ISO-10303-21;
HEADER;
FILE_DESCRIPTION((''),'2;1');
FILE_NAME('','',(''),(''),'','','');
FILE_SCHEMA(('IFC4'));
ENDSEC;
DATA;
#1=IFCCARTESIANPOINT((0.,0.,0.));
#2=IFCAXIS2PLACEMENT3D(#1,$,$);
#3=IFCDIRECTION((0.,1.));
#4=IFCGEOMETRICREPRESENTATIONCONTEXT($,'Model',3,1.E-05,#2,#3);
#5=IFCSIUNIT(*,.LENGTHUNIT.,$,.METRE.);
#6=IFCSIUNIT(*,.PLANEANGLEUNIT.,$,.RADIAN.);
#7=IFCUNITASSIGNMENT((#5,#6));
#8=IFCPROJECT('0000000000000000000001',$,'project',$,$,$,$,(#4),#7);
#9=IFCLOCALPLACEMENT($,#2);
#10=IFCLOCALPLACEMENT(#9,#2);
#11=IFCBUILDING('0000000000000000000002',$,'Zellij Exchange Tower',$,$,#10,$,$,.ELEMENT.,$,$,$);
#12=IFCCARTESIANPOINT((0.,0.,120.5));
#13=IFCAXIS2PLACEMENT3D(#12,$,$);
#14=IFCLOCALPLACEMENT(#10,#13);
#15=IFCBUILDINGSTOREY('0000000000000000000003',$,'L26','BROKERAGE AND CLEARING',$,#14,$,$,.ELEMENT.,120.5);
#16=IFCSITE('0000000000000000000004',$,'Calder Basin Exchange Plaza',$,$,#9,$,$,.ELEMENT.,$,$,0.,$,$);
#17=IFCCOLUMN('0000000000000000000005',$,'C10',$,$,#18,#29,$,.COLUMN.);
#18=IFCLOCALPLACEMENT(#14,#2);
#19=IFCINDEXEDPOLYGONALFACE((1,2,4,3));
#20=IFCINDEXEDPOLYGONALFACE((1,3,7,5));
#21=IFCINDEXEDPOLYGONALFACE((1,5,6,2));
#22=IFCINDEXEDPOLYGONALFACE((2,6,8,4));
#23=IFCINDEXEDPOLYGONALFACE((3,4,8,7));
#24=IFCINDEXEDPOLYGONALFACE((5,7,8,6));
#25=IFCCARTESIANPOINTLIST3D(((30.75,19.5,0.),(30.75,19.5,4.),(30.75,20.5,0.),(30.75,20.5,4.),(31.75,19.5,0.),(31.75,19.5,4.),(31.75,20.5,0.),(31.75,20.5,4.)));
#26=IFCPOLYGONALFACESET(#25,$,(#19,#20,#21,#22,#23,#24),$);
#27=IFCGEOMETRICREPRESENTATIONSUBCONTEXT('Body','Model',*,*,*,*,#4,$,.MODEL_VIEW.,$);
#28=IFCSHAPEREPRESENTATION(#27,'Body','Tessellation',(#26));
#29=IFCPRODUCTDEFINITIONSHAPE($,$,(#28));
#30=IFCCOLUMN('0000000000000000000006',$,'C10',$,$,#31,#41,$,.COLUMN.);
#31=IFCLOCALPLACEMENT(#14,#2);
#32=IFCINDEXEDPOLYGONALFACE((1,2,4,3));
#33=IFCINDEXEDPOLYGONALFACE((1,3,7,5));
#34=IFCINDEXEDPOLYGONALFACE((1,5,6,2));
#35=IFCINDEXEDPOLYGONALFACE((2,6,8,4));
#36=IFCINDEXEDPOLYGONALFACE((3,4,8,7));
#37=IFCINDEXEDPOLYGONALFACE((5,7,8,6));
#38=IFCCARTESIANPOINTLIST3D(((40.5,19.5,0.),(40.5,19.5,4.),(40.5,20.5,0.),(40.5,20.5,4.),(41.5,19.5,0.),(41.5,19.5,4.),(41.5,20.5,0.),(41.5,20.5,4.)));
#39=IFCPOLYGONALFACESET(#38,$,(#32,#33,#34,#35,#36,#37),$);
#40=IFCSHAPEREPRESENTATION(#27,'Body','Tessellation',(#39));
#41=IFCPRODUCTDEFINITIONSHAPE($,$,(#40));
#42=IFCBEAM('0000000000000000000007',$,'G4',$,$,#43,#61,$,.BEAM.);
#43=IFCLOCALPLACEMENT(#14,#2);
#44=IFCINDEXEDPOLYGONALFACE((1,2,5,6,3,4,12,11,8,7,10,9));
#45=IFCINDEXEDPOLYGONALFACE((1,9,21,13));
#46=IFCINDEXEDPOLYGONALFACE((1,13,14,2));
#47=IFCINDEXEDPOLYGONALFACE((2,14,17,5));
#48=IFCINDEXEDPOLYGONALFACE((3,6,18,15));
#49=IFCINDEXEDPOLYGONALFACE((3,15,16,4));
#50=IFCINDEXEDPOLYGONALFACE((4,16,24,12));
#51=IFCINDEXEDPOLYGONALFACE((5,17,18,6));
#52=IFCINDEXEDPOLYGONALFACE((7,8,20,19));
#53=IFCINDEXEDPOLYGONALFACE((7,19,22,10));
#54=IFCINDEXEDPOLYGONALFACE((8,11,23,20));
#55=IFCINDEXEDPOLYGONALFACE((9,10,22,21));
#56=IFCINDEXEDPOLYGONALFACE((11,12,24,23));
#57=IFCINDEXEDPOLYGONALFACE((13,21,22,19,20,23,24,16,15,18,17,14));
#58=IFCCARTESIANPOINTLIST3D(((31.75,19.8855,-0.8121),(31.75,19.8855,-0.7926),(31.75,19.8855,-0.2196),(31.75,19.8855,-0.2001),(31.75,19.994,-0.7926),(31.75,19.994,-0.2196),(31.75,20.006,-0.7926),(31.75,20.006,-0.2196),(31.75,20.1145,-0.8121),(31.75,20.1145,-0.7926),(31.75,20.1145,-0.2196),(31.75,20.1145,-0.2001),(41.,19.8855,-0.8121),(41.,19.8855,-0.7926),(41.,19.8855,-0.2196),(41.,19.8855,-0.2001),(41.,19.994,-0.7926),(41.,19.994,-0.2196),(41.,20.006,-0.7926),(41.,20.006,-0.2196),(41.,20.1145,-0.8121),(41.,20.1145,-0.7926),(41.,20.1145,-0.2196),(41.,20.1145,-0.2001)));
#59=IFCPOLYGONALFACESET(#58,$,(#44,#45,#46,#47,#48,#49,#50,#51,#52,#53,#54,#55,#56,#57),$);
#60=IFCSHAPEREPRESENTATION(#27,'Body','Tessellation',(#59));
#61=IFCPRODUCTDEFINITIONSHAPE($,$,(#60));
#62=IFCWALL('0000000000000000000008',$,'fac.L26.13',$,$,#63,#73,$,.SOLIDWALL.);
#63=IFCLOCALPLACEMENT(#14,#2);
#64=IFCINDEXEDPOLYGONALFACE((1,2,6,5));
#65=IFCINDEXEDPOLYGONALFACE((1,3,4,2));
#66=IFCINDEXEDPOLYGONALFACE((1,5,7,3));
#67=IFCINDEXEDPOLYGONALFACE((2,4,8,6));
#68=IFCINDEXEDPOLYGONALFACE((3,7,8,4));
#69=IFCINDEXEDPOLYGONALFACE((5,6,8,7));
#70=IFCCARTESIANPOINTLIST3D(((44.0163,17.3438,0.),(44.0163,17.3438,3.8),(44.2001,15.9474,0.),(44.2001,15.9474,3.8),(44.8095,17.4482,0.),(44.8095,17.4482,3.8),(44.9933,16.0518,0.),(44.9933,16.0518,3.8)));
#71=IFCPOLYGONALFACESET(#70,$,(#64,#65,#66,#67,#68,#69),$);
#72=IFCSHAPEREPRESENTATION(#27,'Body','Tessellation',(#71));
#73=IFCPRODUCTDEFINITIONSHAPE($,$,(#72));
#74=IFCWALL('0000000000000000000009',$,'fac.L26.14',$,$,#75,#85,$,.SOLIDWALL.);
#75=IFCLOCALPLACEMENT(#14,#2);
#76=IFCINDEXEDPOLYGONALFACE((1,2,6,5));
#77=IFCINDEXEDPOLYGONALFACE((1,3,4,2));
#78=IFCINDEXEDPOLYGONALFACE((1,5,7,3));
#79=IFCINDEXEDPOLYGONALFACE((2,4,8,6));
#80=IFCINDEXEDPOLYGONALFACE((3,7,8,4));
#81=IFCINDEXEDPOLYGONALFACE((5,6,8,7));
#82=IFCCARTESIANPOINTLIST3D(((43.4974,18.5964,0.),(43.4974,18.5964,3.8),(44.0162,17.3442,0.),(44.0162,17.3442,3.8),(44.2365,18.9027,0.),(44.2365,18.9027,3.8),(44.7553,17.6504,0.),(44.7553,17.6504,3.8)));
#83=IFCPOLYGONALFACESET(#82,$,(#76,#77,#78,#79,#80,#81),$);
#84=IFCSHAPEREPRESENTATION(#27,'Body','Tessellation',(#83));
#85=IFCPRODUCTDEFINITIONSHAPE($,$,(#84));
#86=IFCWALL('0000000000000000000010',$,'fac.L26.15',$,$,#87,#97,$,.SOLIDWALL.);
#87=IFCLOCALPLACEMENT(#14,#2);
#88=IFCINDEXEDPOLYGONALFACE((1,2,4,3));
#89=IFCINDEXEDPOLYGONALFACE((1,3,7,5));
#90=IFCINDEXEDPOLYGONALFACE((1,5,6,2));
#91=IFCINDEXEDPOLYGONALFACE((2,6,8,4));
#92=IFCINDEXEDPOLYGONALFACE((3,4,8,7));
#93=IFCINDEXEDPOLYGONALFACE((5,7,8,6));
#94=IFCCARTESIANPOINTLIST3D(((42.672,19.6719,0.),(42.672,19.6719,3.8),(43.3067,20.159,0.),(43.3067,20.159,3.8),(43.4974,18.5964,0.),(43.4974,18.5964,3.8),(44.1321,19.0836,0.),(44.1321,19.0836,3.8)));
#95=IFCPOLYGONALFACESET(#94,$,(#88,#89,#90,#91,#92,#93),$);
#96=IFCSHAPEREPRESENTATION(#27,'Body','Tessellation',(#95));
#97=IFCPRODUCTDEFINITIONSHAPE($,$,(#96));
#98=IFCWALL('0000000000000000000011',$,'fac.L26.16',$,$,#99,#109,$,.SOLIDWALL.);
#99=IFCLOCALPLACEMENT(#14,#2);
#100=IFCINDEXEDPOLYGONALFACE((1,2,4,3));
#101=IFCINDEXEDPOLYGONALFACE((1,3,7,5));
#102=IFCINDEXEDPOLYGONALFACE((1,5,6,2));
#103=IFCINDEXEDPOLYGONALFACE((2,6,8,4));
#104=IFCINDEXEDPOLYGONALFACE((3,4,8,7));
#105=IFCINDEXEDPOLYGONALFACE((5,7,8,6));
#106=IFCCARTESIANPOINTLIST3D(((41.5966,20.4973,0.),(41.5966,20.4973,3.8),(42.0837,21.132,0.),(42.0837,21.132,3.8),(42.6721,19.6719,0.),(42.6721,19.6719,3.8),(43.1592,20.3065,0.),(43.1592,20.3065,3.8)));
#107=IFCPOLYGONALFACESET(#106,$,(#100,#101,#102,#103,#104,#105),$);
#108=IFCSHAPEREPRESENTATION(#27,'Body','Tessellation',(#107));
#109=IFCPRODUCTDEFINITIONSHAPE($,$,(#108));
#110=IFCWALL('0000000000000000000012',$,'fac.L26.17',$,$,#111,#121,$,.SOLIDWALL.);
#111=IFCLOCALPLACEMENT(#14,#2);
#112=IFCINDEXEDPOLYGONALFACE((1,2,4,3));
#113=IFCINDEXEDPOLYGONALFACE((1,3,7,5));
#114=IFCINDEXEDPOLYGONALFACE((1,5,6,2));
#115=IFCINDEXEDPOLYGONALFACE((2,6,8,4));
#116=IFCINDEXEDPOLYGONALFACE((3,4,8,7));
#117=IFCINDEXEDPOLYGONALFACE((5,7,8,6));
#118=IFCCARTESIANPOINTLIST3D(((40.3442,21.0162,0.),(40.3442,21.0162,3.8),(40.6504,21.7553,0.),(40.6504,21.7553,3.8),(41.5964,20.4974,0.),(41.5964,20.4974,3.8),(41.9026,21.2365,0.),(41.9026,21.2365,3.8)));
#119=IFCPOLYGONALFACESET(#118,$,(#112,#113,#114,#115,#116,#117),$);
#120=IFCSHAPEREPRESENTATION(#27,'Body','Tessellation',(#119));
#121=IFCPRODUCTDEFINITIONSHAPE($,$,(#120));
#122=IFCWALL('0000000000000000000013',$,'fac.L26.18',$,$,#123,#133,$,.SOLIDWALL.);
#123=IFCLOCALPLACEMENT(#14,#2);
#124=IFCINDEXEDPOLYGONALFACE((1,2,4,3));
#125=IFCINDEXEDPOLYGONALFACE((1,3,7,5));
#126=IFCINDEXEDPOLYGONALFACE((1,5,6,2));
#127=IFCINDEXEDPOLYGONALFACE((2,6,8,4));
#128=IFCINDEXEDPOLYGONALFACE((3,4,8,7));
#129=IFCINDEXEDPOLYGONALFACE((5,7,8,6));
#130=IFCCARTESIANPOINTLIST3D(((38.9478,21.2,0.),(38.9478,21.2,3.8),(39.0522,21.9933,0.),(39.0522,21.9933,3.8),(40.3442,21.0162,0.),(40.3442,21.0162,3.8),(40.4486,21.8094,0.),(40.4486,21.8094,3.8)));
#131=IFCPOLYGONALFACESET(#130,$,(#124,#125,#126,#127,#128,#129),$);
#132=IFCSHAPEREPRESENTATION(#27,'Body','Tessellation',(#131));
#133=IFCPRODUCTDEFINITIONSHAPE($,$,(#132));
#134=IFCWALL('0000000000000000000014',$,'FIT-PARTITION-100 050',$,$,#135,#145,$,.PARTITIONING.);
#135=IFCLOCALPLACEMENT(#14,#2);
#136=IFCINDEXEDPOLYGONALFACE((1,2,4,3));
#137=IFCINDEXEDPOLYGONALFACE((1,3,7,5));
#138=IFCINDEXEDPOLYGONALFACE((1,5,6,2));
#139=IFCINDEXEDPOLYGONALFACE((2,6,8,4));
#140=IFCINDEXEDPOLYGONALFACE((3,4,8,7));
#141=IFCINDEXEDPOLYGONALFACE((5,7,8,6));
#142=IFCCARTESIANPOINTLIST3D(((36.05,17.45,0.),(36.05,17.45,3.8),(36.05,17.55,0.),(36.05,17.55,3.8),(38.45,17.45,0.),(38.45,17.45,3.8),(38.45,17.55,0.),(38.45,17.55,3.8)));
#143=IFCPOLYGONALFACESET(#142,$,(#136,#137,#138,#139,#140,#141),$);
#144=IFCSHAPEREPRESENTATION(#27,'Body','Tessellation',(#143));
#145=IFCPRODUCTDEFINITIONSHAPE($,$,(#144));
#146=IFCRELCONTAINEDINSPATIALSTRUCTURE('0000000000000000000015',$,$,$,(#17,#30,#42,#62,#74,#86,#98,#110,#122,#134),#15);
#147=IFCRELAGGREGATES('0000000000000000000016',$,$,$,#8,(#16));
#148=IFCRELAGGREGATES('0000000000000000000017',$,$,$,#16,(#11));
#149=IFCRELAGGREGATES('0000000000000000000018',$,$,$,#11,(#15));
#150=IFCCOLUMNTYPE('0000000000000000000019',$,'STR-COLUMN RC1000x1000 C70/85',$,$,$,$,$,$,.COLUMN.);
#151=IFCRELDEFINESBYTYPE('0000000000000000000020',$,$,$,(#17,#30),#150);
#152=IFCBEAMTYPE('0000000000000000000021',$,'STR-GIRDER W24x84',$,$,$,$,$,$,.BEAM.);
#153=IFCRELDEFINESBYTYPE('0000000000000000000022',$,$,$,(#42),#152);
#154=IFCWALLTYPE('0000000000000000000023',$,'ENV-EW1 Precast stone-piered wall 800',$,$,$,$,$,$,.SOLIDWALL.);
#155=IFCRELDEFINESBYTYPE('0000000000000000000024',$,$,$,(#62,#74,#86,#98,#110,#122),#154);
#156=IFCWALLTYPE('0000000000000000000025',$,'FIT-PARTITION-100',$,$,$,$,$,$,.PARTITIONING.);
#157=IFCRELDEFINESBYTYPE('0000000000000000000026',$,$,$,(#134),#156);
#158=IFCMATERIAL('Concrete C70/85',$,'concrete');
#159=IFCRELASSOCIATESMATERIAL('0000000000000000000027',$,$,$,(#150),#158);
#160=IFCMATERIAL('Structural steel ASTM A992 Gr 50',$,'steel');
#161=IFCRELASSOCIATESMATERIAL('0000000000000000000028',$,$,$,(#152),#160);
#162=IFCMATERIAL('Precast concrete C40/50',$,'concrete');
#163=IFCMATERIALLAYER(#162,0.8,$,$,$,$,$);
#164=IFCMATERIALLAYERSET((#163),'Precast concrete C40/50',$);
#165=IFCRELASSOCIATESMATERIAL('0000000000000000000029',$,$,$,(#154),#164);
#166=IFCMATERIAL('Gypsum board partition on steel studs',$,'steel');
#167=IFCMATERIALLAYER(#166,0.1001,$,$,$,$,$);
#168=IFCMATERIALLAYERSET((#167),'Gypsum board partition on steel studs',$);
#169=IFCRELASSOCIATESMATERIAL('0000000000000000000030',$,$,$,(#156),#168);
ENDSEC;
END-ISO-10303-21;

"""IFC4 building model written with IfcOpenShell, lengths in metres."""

from ifc_helpers import new_model, si_unit, direction, frame, frame_2d, origin, origin_2d, place, context, subcontext, project, spatial, rectangle, i_section, extrude, material, layer, layer_set, material_profile, profile_set, type_object, element, save


model = new_model("IFC4")

# Units and contexts
model_context = context("Model", 3, precision=1e-05, world=origin(), true_north=direction((0.0, 1.0)))
body_context = subcontext(model_context, "Body", "Model", "MODEL_VIEW")
ifc_project = project(units=[si_unit("LENGTHUNIT", "METRE"), si_unit("PLANEANGLEUNIT", "RADIAN")], contexts=[model_context])

# Site, building, storey
site_placement = place(None, origin())
site = spatial("IfcSite", under=ifc_project, at=site_placement, Name="Calder Basin Exchange Plaza", CompositionType="ELEMENT", RefElevation=0.0)
building_placement = place(site_placement, origin())
building = spatial("IfcBuilding", under=site, at=building_placement, Name="Zellij Exchange Tower", CompositionType="ELEMENT")
storey_placement = place(building_placement, frame((0.0, 0.0, 120.5)))
storey = spatial("IfcBuildingStorey", under=building, at=storey_placement, Name="L26", Description="BROKERAGE AND CLEARING", CompositionType="ELEMENT", Elevation=120.5)

# Columns
ifc_material_1 = material(Name="Concrete C70/85", Category="concrete")
ifc_material_profile_1 = material_profile(ifc_material_1, rectangle(XDim=1.0, YDim=1.0, at=origin_2d()), Name="STR-COLUMN RC1000x1000 C70/85")
ifc_profile_set_1 = profile_set([ifc_material_profile_1], Name="Concrete C70/85")
column_type = type_object("IfcColumnType", Name="STR-COLUMN RC1000x1000 C70/85", PredefinedType="COLUMN", material=ifc_profile_set_1)
for number, where, z_axis, x_axis, name in (
    (1, (31.25, 20.0, 0.0), (0.0, 0.0, 1.0), (1.0, 0.0, 0.0), "C10"),
    (2, (41.0, 20.0, 0.0), (0.0, 0.0, 1.0), (1.0, 0.0, 0.0), "C10"),
):
    element("IfcColumn", number, at=place(storey_placement, frame(where, z_axis=z_axis, x_axis=x_axis)), inside=storey, type_object=column_type, Name=name, PredefinedType="COLUMN", context=body_context, shape_type="SweptSolid", body=[
        extrude(rectangle(XDim=1.0, YDim=1.0, at=origin_2d()), origin(), (0.0, 0.0, 1.0), 4.0),
    ])

# Beam
ifc_material_2 = material(Name="Structural steel ASTM A992 Gr 50", Category="steel")
ifc_material_profile_2 = material_profile(ifc_material_2, i_section(OverallWidth=0.229, OverallDepth=0.6121, WebThickness=0.012, FlangeThickness=0.0195, at=origin_2d()), Name="W24x84")
ifc_profile_set_2 = profile_set([ifc_material_profile_2], Name="Structural steel ASTM A992 Gr 50")
beam_type = type_object("IfcBeamType", Name="STR-GIRDER W24x84", PredefinedType="BEAM", material=ifc_profile_set_2)
beam_placement = place(storey_placement, frame((31.75, 20.0, -0.5061), z_axis=(1.0, 0.0, 0.0), x_axis=(0.0, 1.0, 0.0)))
element("IfcBeam", 3, at=beam_placement, inside=storey, type_object=beam_type, Name="G4", PredefinedType="BEAM", context=body_context, shape_type="SweptSolid", body=[
    extrude(i_section(OverallWidth=0.229, OverallDepth=0.6121, WebThickness=0.012, FlangeThickness=0.0195, at=origin_2d()), origin(), (0.0, 0.0, 1.0), 9.25),
])

# Walls
ifc_material_3 = material(Name="Precast concrete C40/50", Category="concrete")
ifc_layer_1 = layer(ifc_material_3, 0.8)
ifc_layer_set_1 = layer_set([ifc_layer_1], Name="Precast concrete C40/50")
wall_type_1 = type_object("IfcWallType", Name="ENV-EW1 Precast stone-piered wall 800", PredefinedType="SOLIDWALL", material=ifc_layer_set_1)
wall_1_placement = place(storey_placement, frame((44.5967, 15.9998, 0.0), z_axis=(0.0, 0.0, 1.0), x_axis=(-0.130517, 0.991446, 0.0)))
element("IfcWall", 4, at=wall_1_placement, inside=storey, type_object=wall_type_1, Name="fac.L26.13", PredefinedType="SOLIDWALL", context=body_context, shape_type="SweptSolid", body=[
    extrude(rectangle(XDim=1.4084, YDim=0.8, at=frame_2d((0.7041, 0.0))), origin(), (0.0, 0.0, 1.0), 3.8),
])
wall_2_placement = place(storey_placement, frame((44.3857, 17.4973, 0.0), z_axis=(0.0, 0.0, 1.0), x_axis=(-0.38276, 0.923848, 0.0)))
element("IfcWall", 5, at=wall_2_placement, inside=storey, type_object=wall_type_1, Name="fac.L26.14", PredefinedType="SOLIDWALL", context=body_context, shape_type="SweptSolid", body=[
    extrude(rectangle(XDim=1.3555, YDim=0.8, at=frame_2d((0.6777, 0.0))), origin(), (0.0, 0.0, 1.0), 3.8),
])
for number, where, z_axis, x_axis, name in (
    (6, (43.8147, 18.8401, 0.0), (0.0, 0.0, 1.0), (-0.608866, 0.793273, 0.0), "fac.L26.15"),
    (7, (42.9155, 19.9893, 0.0), (0.0, 0.0, 1.0), (-0.793273, 0.608866, 0.0), "fac.L26.16"),
):
    element("IfcWall", number, at=place(storey_placement, frame(where, z_axis=z_axis, x_axis=x_axis)), inside=storey, type_object=wall_type_1, Name=name, PredefinedType="SOLIDWALL", context=body_context, shape_type="SweptSolid", body=[
        extrude(rectangle(XDim=1.3557, YDim=0.8, at=frame_2d((0.6777, 0.0))), origin(), (0.0, 0.0, 1.0), 3.8),
    ])
wall_3_placement = place(storey_placement, frame((41.7495, 20.8669, 0.0), z_axis=(0.0, 0.0, 1.0), x_axis=(-0.923848, 0.38276, 0.0)))
element("IfcWall", 8, at=wall_3_placement, inside=storey, type_object=wall_type_1, Name="fac.L26.17", PredefinedType="SOLIDWALL", context=body_context, shape_type="SweptSolid", body=[
    extrude(rectangle(XDim=1.3555, YDim=0.8, at=frame_2d((0.6777, 0.0))), origin(), (0.0, 0.0, 1.0), 3.8),
])
wall_4_placement = place(storey_placement, frame((40.3962, 21.4128, 0.0), z_axis=(0.0, 0.0, 1.0), x_axis=(-0.991446, 0.130517, 0.0)))
element("IfcWall", 9, at=wall_4_placement, inside=storey, type_object=wall_type_1, Name="fac.L26.18", PredefinedType="SOLIDWALL", context=body_context, shape_type="SweptSolid", body=[
    extrude(rectangle(XDim=1.4084, YDim=0.8, at=frame_2d((0.7041, 0.0))), origin(), (0.0, 0.0, 1.0), 3.8),
])

# Wall
ifc_material_4 = material(Name="Gypsum board partition on steel studs", Category="steel")
ifc_layer_2 = layer(ifc_material_4, 0.1001)
ifc_layer_set_2 = layer_set([ifc_layer_2], Name="Gypsum board partition on steel studs")
wall_type_2 = type_object("IfcWallType", Name="FIT-PARTITION-100", PredefinedType="PARTITIONING", material=ifc_layer_set_2)
wall_5_placement = place(storey_placement, frame((36.05, 17.5, 0.0), z_axis=(0.0, 0.0, 1.0), x_axis=(1.0, 0.0, 0.0)))
element("IfcWall", 10, at=wall_5_placement, inside=storey, type_object=wall_type_2, Name="FIT-PARTITION-100 050", PredefinedType="PARTITIONING", context=body_context, shape_type="SweptSolid", body=[
    extrude(rectangle(XDim=2.3999, YDim=0.1001, at=frame_2d((1.2, 0.0))), origin(), (0.0, 0.0, 1.0), 3.8),
])

save(model, "model.ifc")
